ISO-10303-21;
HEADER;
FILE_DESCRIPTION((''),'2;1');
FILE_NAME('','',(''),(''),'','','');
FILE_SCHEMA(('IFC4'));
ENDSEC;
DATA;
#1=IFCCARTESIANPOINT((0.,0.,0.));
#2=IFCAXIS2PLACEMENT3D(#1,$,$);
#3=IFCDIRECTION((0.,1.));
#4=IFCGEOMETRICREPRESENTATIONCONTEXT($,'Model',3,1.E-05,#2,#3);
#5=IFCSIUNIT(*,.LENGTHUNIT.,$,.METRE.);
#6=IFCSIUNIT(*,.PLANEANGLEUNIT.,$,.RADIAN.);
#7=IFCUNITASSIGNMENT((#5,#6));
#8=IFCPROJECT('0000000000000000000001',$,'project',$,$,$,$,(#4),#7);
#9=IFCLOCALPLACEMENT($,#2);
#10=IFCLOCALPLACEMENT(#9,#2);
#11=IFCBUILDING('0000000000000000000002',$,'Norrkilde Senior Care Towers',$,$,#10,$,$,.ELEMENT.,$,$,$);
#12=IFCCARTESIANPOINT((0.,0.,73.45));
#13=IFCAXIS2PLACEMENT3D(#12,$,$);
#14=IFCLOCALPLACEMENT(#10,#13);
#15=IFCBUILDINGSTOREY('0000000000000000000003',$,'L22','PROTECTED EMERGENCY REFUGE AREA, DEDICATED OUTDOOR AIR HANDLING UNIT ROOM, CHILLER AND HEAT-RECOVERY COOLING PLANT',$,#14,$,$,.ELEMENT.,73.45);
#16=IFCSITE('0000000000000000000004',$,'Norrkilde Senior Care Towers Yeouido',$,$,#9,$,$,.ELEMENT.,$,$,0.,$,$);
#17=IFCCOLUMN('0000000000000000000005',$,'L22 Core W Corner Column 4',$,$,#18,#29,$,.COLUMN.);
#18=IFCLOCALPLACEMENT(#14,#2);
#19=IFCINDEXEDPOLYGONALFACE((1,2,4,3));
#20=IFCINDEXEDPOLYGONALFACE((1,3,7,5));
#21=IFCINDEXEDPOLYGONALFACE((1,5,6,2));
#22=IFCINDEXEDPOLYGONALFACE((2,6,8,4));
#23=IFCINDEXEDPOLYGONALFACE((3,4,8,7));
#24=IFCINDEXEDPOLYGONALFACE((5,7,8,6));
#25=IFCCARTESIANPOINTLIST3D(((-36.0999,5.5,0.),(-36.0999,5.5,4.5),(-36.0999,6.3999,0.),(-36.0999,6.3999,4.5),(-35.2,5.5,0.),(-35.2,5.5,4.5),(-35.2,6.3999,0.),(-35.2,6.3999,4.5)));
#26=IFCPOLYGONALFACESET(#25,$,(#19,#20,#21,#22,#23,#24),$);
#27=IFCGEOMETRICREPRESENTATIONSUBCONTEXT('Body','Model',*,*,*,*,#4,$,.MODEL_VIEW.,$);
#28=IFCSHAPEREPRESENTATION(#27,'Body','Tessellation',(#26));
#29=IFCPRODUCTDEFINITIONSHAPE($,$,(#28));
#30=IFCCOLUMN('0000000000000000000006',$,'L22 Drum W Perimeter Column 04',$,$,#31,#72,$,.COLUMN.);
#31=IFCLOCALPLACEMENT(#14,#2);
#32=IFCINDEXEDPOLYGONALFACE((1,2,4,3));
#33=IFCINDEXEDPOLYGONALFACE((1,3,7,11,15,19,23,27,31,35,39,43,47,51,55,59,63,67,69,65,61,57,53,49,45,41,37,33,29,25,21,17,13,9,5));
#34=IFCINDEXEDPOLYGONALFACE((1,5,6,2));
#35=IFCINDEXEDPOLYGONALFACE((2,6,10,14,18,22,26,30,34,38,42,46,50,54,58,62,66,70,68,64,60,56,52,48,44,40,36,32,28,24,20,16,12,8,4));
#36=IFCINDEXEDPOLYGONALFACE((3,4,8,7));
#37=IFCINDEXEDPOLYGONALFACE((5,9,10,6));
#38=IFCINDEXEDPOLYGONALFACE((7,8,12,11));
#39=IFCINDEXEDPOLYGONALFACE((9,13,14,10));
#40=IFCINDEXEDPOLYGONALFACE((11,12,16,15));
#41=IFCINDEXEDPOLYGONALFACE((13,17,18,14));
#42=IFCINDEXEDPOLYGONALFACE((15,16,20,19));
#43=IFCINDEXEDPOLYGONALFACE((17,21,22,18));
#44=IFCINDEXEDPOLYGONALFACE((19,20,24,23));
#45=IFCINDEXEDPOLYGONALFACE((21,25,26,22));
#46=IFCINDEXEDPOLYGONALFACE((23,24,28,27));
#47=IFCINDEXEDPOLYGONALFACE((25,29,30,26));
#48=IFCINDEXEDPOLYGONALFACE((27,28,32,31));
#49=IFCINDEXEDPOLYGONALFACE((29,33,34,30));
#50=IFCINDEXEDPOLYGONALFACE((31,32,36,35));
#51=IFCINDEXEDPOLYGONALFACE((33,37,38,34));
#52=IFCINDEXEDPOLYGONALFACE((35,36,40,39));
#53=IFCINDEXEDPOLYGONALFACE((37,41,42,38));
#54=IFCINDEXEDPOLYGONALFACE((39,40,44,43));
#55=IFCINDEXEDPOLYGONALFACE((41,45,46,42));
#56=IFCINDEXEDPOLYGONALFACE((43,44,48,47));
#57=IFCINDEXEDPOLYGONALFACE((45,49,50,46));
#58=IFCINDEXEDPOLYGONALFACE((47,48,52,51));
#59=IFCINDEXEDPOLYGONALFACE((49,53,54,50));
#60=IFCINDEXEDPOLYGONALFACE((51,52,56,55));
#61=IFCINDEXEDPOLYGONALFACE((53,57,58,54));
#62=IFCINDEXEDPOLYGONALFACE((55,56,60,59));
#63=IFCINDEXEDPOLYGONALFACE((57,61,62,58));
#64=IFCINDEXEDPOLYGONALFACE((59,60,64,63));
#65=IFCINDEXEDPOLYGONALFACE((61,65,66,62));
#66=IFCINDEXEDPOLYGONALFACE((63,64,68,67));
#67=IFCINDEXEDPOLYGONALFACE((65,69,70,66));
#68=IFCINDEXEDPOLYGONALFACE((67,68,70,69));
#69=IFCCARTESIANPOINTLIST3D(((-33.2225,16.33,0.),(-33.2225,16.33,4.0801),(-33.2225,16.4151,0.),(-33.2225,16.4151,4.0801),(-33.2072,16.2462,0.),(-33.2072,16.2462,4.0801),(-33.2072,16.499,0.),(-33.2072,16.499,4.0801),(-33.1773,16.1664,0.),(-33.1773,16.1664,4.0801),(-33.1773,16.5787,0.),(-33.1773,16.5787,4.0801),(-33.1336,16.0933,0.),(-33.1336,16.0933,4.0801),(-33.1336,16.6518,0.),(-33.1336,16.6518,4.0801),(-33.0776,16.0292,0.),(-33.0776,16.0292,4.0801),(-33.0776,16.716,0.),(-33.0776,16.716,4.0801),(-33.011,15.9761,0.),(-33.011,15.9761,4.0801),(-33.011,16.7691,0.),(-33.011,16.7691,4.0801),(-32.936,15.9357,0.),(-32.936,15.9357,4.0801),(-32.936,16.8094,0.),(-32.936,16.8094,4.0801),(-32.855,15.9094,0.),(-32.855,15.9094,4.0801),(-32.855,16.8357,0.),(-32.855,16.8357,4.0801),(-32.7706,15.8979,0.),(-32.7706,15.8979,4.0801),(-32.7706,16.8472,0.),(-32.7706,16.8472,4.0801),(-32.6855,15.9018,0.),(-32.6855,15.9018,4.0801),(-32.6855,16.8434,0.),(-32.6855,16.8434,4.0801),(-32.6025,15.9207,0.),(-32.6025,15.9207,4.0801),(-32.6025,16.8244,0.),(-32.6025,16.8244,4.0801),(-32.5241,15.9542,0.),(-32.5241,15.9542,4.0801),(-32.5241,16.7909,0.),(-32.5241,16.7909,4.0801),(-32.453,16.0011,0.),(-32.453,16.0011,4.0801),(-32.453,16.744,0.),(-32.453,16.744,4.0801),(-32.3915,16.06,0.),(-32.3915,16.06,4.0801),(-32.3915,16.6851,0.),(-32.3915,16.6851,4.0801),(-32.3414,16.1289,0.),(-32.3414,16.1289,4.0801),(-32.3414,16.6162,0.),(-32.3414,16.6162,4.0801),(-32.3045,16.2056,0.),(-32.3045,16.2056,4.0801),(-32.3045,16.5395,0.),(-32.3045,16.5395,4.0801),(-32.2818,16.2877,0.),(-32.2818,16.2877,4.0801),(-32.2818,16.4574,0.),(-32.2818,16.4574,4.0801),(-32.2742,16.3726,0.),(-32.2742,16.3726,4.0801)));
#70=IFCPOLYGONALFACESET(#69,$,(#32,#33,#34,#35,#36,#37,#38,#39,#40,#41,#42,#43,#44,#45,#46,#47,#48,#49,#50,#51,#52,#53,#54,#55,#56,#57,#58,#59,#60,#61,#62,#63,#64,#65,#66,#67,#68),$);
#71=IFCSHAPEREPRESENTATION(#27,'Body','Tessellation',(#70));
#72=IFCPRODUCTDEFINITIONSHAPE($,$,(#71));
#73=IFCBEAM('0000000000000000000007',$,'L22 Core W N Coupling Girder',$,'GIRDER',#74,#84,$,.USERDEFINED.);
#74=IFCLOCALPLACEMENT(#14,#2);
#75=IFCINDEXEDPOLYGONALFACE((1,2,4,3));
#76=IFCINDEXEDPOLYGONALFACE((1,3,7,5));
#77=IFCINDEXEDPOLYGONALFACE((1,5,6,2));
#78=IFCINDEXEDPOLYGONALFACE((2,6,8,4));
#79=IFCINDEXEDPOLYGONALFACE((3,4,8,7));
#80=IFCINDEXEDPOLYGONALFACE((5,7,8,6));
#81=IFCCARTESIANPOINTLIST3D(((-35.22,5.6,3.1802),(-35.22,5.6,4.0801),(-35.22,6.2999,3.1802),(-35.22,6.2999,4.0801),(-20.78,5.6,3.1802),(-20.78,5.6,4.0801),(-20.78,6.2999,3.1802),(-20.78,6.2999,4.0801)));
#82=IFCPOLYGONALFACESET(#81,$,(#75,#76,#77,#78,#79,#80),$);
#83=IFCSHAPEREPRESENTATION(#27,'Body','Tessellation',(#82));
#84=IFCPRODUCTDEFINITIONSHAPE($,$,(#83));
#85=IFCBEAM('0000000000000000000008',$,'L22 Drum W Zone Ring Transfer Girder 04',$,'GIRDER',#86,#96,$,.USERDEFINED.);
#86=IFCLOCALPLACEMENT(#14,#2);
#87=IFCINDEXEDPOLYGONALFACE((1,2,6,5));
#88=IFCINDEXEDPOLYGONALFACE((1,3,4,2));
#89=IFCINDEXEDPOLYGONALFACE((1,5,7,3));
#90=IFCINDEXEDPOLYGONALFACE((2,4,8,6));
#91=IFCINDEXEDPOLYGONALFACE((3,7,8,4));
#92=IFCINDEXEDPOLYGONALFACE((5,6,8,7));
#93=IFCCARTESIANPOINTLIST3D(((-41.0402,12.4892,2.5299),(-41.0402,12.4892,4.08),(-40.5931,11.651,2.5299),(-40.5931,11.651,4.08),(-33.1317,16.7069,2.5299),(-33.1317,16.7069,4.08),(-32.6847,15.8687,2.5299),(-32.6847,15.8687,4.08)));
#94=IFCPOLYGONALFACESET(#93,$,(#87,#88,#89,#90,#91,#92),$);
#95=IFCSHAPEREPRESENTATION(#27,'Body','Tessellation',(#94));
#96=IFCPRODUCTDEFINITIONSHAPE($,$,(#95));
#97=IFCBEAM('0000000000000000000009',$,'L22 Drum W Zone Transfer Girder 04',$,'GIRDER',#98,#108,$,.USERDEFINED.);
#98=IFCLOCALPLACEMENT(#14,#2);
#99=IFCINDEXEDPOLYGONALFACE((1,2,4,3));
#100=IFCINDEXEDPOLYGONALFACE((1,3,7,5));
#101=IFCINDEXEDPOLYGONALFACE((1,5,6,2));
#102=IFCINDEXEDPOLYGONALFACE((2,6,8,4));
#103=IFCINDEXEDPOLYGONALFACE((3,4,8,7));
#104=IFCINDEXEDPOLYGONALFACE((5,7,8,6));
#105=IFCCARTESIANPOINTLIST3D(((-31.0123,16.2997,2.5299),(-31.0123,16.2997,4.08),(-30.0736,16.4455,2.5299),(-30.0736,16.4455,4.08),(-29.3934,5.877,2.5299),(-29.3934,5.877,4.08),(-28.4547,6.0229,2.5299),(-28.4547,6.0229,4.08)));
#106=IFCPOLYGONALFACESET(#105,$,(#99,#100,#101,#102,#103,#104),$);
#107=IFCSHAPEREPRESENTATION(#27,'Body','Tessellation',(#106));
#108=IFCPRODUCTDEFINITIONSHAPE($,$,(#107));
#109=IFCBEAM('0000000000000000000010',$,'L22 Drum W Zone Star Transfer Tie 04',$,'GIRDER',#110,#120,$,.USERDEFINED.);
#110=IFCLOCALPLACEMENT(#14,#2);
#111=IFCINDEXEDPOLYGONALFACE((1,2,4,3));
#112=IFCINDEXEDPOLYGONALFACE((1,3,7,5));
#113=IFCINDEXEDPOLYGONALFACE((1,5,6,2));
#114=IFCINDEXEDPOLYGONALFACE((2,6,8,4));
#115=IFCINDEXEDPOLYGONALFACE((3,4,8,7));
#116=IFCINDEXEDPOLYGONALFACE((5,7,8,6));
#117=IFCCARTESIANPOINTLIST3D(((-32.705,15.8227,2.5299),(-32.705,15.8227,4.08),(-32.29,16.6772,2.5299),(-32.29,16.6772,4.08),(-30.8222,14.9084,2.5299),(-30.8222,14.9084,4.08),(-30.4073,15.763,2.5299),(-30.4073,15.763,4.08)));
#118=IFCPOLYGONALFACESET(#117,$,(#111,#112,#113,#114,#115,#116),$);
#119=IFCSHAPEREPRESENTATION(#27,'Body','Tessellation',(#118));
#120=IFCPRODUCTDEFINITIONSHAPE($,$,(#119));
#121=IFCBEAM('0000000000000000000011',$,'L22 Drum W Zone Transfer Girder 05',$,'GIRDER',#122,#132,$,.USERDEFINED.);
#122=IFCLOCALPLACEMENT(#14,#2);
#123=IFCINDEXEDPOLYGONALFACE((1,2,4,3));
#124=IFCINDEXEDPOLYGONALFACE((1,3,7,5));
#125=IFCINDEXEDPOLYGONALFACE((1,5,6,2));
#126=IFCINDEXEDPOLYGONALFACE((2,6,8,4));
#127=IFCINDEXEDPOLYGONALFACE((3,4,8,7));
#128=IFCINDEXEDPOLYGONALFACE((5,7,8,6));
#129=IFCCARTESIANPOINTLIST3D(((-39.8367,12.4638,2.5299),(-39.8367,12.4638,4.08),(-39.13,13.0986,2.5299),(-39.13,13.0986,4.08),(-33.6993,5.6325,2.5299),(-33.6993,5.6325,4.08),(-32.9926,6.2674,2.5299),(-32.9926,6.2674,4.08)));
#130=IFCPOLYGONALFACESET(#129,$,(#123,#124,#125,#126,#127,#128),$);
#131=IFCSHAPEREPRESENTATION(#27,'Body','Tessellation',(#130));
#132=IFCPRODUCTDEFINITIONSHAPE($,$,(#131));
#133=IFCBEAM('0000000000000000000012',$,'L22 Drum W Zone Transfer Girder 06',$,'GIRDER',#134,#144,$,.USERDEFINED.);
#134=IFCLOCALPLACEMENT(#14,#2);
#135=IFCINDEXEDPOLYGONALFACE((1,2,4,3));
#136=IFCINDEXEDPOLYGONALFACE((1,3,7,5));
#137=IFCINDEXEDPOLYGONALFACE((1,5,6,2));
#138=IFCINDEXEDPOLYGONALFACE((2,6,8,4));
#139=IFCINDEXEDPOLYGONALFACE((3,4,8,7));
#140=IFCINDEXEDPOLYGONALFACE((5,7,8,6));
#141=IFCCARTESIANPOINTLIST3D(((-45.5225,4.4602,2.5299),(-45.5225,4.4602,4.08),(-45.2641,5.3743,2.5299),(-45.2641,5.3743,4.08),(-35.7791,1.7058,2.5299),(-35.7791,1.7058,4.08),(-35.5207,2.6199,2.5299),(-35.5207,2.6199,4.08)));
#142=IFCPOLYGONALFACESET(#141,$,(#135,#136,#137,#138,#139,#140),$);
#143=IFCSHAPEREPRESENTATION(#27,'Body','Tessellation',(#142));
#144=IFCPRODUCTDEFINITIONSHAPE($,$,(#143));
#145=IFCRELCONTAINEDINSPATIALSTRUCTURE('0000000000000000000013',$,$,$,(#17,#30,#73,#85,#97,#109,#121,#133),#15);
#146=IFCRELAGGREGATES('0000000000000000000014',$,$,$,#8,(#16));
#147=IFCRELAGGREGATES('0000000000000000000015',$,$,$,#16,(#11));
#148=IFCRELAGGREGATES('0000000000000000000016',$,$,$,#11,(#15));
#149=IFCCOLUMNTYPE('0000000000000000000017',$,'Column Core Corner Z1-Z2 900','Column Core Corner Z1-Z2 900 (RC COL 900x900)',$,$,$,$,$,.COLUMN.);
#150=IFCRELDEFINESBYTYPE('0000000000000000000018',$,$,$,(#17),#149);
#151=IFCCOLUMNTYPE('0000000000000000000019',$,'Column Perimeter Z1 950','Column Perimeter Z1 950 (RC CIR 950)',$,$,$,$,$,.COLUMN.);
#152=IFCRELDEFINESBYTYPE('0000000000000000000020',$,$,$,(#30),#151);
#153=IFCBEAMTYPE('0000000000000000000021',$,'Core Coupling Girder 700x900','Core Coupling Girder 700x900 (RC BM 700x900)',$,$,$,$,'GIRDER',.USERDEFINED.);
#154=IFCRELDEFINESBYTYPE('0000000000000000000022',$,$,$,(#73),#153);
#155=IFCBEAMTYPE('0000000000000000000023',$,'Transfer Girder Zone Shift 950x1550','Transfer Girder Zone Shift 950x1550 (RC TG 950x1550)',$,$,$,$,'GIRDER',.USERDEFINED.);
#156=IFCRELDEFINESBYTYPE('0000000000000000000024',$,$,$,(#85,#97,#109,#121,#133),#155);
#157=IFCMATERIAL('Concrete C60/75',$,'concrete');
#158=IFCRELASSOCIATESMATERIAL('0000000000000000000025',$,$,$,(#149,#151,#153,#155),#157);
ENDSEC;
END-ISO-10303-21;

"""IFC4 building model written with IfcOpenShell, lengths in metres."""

from ifc_helpers import new_model, si_unit, direction, frame, origin, origin_2d, place, context, subcontext, project, spatial, rectangle, circle, extrude, source, transform, mapped, material, material_profile, profile_set, type_object, type_shapes, element, save


model = new_model("IFC4")

# Units and contexts
model_context = context("Model", 3, precision=1e-05, world=origin(), true_north=direction((0.0, 1.0)))
body_context = subcontext(model_context, "Body", "Model", "MODEL_VIEW")
ifc_project = project(units=[si_unit("LENGTHUNIT", "METRE"), si_unit("PLANEANGLEUNIT", "RADIAN")], contexts=[model_context])

# Site, building, storey
site_placement = place(None, origin())
site = spatial("IfcSite", under=ifc_project, at=site_placement, Name="Norrkilde Senior Care Towers Yeouido", CompositionType="ELEMENT", RefElevation=0.0)
building_placement = place(site_placement, origin())
building = spatial("IfcBuilding", under=site, at=building_placement, Name="Norrkilde Senior Care Towers", CompositionType="ELEMENT")
storey_placement = place(building_placement, frame((0.0, 0.0, 73.45)))
storey = spatial("IfcBuildingStorey", under=building, at=storey_placement, Name="L22", Description="PROTECTED EMERGENCY REFUGE AREA, DEDICATED OUTDOOR AIR HANDLING UNIT ROOM, CHILLER AND HEAT-RECOVERY COOLING PLANT", CompositionType="ELEMENT", Elevation=73.45)

# Columns
ifc_material_1 = material(Name="Concrete C60/75", Category="concrete")
ifc_material_profile_1 = material_profile(ifc_material_1, rectangle(XDim=0.8999, YDim=0.8999, at=origin_2d()), Name="RC COL 900x900")
ifc_profile_set_1 = profile_set([ifc_material_profile_1], Name="Concrete C60/75")
column_type_1 = type_object("IfcColumnType", Name="Column Core Corner Z1-Z2 900", Description="Column Core Corner Z1-Z2 900 (RC COL 900x900)", PredefinedType="COLUMN", material=ifc_profile_set_1)
shared_shape_1 = source(origin(), body_context, "Body", "SweptSolid", [
    extrude(rectangle(XDim=0.8999, YDim=0.8999, at=origin_2d()), origin(), (0.0, 0.0, 1.0), 4.5),
])
type_shapes(column_type_1, [shared_shape_1])
column_1_placement = place(storey_placement, frame((-35.6499, 5.95, 0.0), z_axis=(0.0, 0.0, 1.0), x_axis=(1.0, 0.0, 0.0)))
element("IfcColumn", 1, at=column_1_placement, inside=storey, type_object=column_type_1, Name="L22 Core W Corner Column 4", PredefinedType="COLUMN", context=body_context, shape_type="MappedRepresentation", body=[
    mapped(shared_shape_1, transform((0.0, 0.0, 0.0), x_axis=(1.0, 0.0, 0.0), y_axis=(0.0, 1.0, 0.0), z_axis=(0.0, 0.0, 1.0), scale=1.0)),
])
ifc_material_profile_2 = material_profile(ifc_material_1, circle(Radius=0.4751, at=origin_2d()), Name="RC CIR 950")
ifc_profile_set_2 = profile_set([ifc_material_profile_2], Name="Concrete C60/75")
column_type_2 = type_object("IfcColumnType", Name="Column Perimeter Z1 950", Description="Column Perimeter Z1 950 (RC CIR 950)", PredefinedType="COLUMN", material=ifc_profile_set_2)
shared_shape_2 = source(origin(), body_context, "Body", "SweptSolid", [
    extrude(circle(Radius=0.4751, at=origin_2d()), origin(), (0.0, 0.0, 1.0), 4.0801),
])
type_shapes(column_type_2, [shared_shape_2])
column_2_placement = place(storey_placement, frame((-32.7493, 16.3726, 0.0), z_axis=(0.0, 0.0, 1.0), x_axis=(1.0, 0.0, 0.0)))
element("IfcColumn", 2, at=column_2_placement, inside=storey, type_object=column_type_2, Name="L22 Drum W Perimeter Column 04", PredefinedType="COLUMN", context=body_context, shape_type="MappedRepresentation", body=[
    mapped(shared_shape_2, transform((0.0, 0.0, 0.0), x_axis=(1.0, 0.0, 0.0), y_axis=(0.0, 1.0, 0.0), z_axis=(0.0, 0.0, 1.0), scale=1.0)),
])

# Beams
ifc_material_profile_3 = material_profile(ifc_material_1, rectangle(XDim=0.7, YDim=0.8999, at=origin_2d()), Name="RC BM 700x900")
ifc_profile_set_3 = profile_set([ifc_material_profile_3], Name="Concrete C60/75")
beam_type_1 = type_object("IfcBeamType", Name="Core Coupling Girder 700x900", Description="Core Coupling Girder 700x900 (RC BM 700x900)", ElementType="GIRDER", PredefinedType="USERDEFINED", material=ifc_profile_set_3)
shared_shape_3 = source(origin(), body_context, "Body", "SweptSolid", [
    extrude(rectangle(XDim=0.7, YDim=0.8999, at=origin_2d()), origin(), (0.0, 0.0, 1.0), 14.4399),
])
type_shapes(beam_type_1, [shared_shape_3])
beam_1_placement = place(storey_placement, frame((-35.22, 5.95, 3.6301), z_axis=(1.0, 0.0, 0.0), x_axis=(0.0, 1.0, 0.0)))
element("IfcBeam", 3, at=beam_1_placement, inside=storey, type_object=beam_type_1, Name="L22 Core W N Coupling Girder", ObjectType="GIRDER", PredefinedType="USERDEFINED", context=body_context, shape_type="MappedRepresentation", body=[
    mapped(shared_shape_3, transform((0.0, 0.0, 0.0), x_axis=(1.0, 0.0, 0.0), y_axis=(0.0, 1.0, 0.0), z_axis=(0.0, 0.0, 1.0), scale=1.0)),
])
ifc_material_profile_4 = material_profile(ifc_material_1, rectangle(XDim=0.95, YDim=1.55, at=origin_2d()), Name="RC TG 950x1550")
ifc_profile_set_4 = profile_set([ifc_material_profile_4], Name="Concrete C60/75")
beam_type_2 = type_object("IfcBeamType", Name="Transfer Girder Zone Shift 950x1550", Description="Transfer Girder Zone Shift 950x1550 (RC TG 950x1550)", ElementType="GIRDER", PredefinedType="USERDEFINED", material=ifc_profile_set_4)
shared_shape_4 = source(origin(), body_context, "Body", "SweptSolid", [
    extrude(rectangle(XDim=0.95, YDim=1.55, at=origin_2d()), origin(), (0.0, 0.0, 1.0), 8.9629),
])
beam_2_placement = place(storey_placement, frame((-32.9082, 16.2878, 3.3049), z_axis=(-0.882356, -0.470583, 0.0), x_axis=(0.470583, -0.882356, 0.0)))
element("IfcBeam", 4, at=beam_2_placement, inside=storey, type_object=beam_type_2, Name="L22 Drum W Zone Ring Transfer Girder 04", ObjectType="GIRDER", PredefinedType="USERDEFINED", context=body_context, shape_type="MappedRepresentation", body=[
    mapped(shared_shape_4, transform((0.0, 0.0, 0.0), x_axis=(1.0, 0.0, 0.0), y_axis=(0.0, 1.0, 0.0), z_axis=(0.0, 0.0, 1.0), scale=1.0)),
])
shared_shape_5 = source(origin(), body_context, "Body", "SweptSolid", [
    extrude(rectangle(XDim=0.95, YDim=1.55, at=origin_2d()), origin(), (0.0, 0.0, 1.0), 10.5476),
])
beam_3_placement = place(storey_placement, frame((-28.9241, 5.95, 3.3049), z_axis=(-0.153485, 0.988151, 0.0), x_axis=(-0.988151, -0.153485, 0.0)))
element("IfcBeam", 5, at=beam_3_placement, inside=storey, type_object=beam_type_2, Name="L22 Drum W Zone Transfer Girder 04", ObjectType="GIRDER", PredefinedType="USERDEFINED", context=body_context, shape_type="MappedRepresentation", body=[
    mapped(shared_shape_5, transform((0.0, 0.0, 0.0), x_axis=(1.0, 0.0, 0.0), y_axis=(0.0, 1.0, 0.0), z_axis=(0.0, 0.0, 1.0), scale=1.0)),
])
shared_shape_6 = source(origin(), body_context, "Body", "SweptSolid", [
    extrude(rectangle(XDim=0.95, YDim=1.55, at=origin_2d()), origin(), (0.0, 0.0, 1.0), 2.093),
])
beam_4_placement = place(storey_placement, frame((-30.6147, 15.3357, 3.3049), z_axis=(-0.899546, 0.436826, 0.0), x_axis=(-0.436826, -0.899546, 0.0)))
element("IfcBeam", 6, at=beam_4_placement, inside=storey, type_object=beam_type_2, Name="L22 Drum W Zone Star Transfer Tie 04", ObjectType="GIRDER", PredefinedType="USERDEFINED", context=body_context, shape_type="MappedRepresentation", body=[
    mapped(shared_shape_6, transform((0.0, 0.0, 0.0), x_axis=(1.0, 0.0, 0.0), y_axis=(0.0, 1.0, 0.0), z_axis=(0.0, 0.0, 1.0), scale=1.0)),
])
shared_shape_7 = source(origin(), body_context, "Body", "SweptSolid", [
    extrude(rectangle(XDim=0.95, YDim=1.55, at=origin_2d()), origin(), (0.0, 0.0, 1.0), 9.1833),
])
beam_5_placement = place(storey_placement, frame((-33.3459, 5.95, 3.3049), z_axis=(-0.66832, 0.743874, 0.0), x_axis=(-0.743874, -0.66832, 0.0)))
element("IfcBeam", 7, at=beam_5_placement, inside=storey, type_object=beam_type_2, Name="L22 Drum W Zone Transfer Girder 05", ObjectType="GIRDER", PredefinedType="USERDEFINED", context=body_context, shape_type="MappedRepresentation", body=[
    mapped(shared_shape_7, transform((0.0, 0.0, 0.0), x_axis=(1.0, 0.0, 0.0), y_axis=(0.0, 1.0, 0.0), z_axis=(0.0, 0.0, 1.0), scale=1.0)),
])
shared_shape_8 = source(origin(), body_context, "Body", "SweptSolid", [
    extrude(rectangle(XDim=0.95, YDim=1.55, at=origin_2d()), origin(), (0.0, 0.0, 1.0), 10.1252),
])
type_shapes(beam_type_2, [shared_shape_4, shared_shape_5, shared_shape_6, shared_shape_7, shared_shape_8])
beam_6_placement = place(storey_placement, frame((-35.6499, 2.1628, 3.3049), z_axis=(-0.962288, 0.272032, 0.0), x_axis=(-0.272032, -0.962288, 0.0)))
element("IfcBeam", 8, at=beam_6_placement, inside=storey, type_object=beam_type_2, Name="L22 Drum W Zone Transfer Girder 06", ObjectType="GIRDER", PredefinedType="USERDEFINED", context=body_context, shape_type="MappedRepresentation", body=[
    mapped(shared_shape_8, transform((0.0, 0.0, 0.0), x_axis=(1.0, 0.0, 0.0), y_axis=(0.0, 1.0, 0.0), z_axis=(0.0, 0.0, 1.0), scale=1.0)),
])

save(model, "model.ifc")
